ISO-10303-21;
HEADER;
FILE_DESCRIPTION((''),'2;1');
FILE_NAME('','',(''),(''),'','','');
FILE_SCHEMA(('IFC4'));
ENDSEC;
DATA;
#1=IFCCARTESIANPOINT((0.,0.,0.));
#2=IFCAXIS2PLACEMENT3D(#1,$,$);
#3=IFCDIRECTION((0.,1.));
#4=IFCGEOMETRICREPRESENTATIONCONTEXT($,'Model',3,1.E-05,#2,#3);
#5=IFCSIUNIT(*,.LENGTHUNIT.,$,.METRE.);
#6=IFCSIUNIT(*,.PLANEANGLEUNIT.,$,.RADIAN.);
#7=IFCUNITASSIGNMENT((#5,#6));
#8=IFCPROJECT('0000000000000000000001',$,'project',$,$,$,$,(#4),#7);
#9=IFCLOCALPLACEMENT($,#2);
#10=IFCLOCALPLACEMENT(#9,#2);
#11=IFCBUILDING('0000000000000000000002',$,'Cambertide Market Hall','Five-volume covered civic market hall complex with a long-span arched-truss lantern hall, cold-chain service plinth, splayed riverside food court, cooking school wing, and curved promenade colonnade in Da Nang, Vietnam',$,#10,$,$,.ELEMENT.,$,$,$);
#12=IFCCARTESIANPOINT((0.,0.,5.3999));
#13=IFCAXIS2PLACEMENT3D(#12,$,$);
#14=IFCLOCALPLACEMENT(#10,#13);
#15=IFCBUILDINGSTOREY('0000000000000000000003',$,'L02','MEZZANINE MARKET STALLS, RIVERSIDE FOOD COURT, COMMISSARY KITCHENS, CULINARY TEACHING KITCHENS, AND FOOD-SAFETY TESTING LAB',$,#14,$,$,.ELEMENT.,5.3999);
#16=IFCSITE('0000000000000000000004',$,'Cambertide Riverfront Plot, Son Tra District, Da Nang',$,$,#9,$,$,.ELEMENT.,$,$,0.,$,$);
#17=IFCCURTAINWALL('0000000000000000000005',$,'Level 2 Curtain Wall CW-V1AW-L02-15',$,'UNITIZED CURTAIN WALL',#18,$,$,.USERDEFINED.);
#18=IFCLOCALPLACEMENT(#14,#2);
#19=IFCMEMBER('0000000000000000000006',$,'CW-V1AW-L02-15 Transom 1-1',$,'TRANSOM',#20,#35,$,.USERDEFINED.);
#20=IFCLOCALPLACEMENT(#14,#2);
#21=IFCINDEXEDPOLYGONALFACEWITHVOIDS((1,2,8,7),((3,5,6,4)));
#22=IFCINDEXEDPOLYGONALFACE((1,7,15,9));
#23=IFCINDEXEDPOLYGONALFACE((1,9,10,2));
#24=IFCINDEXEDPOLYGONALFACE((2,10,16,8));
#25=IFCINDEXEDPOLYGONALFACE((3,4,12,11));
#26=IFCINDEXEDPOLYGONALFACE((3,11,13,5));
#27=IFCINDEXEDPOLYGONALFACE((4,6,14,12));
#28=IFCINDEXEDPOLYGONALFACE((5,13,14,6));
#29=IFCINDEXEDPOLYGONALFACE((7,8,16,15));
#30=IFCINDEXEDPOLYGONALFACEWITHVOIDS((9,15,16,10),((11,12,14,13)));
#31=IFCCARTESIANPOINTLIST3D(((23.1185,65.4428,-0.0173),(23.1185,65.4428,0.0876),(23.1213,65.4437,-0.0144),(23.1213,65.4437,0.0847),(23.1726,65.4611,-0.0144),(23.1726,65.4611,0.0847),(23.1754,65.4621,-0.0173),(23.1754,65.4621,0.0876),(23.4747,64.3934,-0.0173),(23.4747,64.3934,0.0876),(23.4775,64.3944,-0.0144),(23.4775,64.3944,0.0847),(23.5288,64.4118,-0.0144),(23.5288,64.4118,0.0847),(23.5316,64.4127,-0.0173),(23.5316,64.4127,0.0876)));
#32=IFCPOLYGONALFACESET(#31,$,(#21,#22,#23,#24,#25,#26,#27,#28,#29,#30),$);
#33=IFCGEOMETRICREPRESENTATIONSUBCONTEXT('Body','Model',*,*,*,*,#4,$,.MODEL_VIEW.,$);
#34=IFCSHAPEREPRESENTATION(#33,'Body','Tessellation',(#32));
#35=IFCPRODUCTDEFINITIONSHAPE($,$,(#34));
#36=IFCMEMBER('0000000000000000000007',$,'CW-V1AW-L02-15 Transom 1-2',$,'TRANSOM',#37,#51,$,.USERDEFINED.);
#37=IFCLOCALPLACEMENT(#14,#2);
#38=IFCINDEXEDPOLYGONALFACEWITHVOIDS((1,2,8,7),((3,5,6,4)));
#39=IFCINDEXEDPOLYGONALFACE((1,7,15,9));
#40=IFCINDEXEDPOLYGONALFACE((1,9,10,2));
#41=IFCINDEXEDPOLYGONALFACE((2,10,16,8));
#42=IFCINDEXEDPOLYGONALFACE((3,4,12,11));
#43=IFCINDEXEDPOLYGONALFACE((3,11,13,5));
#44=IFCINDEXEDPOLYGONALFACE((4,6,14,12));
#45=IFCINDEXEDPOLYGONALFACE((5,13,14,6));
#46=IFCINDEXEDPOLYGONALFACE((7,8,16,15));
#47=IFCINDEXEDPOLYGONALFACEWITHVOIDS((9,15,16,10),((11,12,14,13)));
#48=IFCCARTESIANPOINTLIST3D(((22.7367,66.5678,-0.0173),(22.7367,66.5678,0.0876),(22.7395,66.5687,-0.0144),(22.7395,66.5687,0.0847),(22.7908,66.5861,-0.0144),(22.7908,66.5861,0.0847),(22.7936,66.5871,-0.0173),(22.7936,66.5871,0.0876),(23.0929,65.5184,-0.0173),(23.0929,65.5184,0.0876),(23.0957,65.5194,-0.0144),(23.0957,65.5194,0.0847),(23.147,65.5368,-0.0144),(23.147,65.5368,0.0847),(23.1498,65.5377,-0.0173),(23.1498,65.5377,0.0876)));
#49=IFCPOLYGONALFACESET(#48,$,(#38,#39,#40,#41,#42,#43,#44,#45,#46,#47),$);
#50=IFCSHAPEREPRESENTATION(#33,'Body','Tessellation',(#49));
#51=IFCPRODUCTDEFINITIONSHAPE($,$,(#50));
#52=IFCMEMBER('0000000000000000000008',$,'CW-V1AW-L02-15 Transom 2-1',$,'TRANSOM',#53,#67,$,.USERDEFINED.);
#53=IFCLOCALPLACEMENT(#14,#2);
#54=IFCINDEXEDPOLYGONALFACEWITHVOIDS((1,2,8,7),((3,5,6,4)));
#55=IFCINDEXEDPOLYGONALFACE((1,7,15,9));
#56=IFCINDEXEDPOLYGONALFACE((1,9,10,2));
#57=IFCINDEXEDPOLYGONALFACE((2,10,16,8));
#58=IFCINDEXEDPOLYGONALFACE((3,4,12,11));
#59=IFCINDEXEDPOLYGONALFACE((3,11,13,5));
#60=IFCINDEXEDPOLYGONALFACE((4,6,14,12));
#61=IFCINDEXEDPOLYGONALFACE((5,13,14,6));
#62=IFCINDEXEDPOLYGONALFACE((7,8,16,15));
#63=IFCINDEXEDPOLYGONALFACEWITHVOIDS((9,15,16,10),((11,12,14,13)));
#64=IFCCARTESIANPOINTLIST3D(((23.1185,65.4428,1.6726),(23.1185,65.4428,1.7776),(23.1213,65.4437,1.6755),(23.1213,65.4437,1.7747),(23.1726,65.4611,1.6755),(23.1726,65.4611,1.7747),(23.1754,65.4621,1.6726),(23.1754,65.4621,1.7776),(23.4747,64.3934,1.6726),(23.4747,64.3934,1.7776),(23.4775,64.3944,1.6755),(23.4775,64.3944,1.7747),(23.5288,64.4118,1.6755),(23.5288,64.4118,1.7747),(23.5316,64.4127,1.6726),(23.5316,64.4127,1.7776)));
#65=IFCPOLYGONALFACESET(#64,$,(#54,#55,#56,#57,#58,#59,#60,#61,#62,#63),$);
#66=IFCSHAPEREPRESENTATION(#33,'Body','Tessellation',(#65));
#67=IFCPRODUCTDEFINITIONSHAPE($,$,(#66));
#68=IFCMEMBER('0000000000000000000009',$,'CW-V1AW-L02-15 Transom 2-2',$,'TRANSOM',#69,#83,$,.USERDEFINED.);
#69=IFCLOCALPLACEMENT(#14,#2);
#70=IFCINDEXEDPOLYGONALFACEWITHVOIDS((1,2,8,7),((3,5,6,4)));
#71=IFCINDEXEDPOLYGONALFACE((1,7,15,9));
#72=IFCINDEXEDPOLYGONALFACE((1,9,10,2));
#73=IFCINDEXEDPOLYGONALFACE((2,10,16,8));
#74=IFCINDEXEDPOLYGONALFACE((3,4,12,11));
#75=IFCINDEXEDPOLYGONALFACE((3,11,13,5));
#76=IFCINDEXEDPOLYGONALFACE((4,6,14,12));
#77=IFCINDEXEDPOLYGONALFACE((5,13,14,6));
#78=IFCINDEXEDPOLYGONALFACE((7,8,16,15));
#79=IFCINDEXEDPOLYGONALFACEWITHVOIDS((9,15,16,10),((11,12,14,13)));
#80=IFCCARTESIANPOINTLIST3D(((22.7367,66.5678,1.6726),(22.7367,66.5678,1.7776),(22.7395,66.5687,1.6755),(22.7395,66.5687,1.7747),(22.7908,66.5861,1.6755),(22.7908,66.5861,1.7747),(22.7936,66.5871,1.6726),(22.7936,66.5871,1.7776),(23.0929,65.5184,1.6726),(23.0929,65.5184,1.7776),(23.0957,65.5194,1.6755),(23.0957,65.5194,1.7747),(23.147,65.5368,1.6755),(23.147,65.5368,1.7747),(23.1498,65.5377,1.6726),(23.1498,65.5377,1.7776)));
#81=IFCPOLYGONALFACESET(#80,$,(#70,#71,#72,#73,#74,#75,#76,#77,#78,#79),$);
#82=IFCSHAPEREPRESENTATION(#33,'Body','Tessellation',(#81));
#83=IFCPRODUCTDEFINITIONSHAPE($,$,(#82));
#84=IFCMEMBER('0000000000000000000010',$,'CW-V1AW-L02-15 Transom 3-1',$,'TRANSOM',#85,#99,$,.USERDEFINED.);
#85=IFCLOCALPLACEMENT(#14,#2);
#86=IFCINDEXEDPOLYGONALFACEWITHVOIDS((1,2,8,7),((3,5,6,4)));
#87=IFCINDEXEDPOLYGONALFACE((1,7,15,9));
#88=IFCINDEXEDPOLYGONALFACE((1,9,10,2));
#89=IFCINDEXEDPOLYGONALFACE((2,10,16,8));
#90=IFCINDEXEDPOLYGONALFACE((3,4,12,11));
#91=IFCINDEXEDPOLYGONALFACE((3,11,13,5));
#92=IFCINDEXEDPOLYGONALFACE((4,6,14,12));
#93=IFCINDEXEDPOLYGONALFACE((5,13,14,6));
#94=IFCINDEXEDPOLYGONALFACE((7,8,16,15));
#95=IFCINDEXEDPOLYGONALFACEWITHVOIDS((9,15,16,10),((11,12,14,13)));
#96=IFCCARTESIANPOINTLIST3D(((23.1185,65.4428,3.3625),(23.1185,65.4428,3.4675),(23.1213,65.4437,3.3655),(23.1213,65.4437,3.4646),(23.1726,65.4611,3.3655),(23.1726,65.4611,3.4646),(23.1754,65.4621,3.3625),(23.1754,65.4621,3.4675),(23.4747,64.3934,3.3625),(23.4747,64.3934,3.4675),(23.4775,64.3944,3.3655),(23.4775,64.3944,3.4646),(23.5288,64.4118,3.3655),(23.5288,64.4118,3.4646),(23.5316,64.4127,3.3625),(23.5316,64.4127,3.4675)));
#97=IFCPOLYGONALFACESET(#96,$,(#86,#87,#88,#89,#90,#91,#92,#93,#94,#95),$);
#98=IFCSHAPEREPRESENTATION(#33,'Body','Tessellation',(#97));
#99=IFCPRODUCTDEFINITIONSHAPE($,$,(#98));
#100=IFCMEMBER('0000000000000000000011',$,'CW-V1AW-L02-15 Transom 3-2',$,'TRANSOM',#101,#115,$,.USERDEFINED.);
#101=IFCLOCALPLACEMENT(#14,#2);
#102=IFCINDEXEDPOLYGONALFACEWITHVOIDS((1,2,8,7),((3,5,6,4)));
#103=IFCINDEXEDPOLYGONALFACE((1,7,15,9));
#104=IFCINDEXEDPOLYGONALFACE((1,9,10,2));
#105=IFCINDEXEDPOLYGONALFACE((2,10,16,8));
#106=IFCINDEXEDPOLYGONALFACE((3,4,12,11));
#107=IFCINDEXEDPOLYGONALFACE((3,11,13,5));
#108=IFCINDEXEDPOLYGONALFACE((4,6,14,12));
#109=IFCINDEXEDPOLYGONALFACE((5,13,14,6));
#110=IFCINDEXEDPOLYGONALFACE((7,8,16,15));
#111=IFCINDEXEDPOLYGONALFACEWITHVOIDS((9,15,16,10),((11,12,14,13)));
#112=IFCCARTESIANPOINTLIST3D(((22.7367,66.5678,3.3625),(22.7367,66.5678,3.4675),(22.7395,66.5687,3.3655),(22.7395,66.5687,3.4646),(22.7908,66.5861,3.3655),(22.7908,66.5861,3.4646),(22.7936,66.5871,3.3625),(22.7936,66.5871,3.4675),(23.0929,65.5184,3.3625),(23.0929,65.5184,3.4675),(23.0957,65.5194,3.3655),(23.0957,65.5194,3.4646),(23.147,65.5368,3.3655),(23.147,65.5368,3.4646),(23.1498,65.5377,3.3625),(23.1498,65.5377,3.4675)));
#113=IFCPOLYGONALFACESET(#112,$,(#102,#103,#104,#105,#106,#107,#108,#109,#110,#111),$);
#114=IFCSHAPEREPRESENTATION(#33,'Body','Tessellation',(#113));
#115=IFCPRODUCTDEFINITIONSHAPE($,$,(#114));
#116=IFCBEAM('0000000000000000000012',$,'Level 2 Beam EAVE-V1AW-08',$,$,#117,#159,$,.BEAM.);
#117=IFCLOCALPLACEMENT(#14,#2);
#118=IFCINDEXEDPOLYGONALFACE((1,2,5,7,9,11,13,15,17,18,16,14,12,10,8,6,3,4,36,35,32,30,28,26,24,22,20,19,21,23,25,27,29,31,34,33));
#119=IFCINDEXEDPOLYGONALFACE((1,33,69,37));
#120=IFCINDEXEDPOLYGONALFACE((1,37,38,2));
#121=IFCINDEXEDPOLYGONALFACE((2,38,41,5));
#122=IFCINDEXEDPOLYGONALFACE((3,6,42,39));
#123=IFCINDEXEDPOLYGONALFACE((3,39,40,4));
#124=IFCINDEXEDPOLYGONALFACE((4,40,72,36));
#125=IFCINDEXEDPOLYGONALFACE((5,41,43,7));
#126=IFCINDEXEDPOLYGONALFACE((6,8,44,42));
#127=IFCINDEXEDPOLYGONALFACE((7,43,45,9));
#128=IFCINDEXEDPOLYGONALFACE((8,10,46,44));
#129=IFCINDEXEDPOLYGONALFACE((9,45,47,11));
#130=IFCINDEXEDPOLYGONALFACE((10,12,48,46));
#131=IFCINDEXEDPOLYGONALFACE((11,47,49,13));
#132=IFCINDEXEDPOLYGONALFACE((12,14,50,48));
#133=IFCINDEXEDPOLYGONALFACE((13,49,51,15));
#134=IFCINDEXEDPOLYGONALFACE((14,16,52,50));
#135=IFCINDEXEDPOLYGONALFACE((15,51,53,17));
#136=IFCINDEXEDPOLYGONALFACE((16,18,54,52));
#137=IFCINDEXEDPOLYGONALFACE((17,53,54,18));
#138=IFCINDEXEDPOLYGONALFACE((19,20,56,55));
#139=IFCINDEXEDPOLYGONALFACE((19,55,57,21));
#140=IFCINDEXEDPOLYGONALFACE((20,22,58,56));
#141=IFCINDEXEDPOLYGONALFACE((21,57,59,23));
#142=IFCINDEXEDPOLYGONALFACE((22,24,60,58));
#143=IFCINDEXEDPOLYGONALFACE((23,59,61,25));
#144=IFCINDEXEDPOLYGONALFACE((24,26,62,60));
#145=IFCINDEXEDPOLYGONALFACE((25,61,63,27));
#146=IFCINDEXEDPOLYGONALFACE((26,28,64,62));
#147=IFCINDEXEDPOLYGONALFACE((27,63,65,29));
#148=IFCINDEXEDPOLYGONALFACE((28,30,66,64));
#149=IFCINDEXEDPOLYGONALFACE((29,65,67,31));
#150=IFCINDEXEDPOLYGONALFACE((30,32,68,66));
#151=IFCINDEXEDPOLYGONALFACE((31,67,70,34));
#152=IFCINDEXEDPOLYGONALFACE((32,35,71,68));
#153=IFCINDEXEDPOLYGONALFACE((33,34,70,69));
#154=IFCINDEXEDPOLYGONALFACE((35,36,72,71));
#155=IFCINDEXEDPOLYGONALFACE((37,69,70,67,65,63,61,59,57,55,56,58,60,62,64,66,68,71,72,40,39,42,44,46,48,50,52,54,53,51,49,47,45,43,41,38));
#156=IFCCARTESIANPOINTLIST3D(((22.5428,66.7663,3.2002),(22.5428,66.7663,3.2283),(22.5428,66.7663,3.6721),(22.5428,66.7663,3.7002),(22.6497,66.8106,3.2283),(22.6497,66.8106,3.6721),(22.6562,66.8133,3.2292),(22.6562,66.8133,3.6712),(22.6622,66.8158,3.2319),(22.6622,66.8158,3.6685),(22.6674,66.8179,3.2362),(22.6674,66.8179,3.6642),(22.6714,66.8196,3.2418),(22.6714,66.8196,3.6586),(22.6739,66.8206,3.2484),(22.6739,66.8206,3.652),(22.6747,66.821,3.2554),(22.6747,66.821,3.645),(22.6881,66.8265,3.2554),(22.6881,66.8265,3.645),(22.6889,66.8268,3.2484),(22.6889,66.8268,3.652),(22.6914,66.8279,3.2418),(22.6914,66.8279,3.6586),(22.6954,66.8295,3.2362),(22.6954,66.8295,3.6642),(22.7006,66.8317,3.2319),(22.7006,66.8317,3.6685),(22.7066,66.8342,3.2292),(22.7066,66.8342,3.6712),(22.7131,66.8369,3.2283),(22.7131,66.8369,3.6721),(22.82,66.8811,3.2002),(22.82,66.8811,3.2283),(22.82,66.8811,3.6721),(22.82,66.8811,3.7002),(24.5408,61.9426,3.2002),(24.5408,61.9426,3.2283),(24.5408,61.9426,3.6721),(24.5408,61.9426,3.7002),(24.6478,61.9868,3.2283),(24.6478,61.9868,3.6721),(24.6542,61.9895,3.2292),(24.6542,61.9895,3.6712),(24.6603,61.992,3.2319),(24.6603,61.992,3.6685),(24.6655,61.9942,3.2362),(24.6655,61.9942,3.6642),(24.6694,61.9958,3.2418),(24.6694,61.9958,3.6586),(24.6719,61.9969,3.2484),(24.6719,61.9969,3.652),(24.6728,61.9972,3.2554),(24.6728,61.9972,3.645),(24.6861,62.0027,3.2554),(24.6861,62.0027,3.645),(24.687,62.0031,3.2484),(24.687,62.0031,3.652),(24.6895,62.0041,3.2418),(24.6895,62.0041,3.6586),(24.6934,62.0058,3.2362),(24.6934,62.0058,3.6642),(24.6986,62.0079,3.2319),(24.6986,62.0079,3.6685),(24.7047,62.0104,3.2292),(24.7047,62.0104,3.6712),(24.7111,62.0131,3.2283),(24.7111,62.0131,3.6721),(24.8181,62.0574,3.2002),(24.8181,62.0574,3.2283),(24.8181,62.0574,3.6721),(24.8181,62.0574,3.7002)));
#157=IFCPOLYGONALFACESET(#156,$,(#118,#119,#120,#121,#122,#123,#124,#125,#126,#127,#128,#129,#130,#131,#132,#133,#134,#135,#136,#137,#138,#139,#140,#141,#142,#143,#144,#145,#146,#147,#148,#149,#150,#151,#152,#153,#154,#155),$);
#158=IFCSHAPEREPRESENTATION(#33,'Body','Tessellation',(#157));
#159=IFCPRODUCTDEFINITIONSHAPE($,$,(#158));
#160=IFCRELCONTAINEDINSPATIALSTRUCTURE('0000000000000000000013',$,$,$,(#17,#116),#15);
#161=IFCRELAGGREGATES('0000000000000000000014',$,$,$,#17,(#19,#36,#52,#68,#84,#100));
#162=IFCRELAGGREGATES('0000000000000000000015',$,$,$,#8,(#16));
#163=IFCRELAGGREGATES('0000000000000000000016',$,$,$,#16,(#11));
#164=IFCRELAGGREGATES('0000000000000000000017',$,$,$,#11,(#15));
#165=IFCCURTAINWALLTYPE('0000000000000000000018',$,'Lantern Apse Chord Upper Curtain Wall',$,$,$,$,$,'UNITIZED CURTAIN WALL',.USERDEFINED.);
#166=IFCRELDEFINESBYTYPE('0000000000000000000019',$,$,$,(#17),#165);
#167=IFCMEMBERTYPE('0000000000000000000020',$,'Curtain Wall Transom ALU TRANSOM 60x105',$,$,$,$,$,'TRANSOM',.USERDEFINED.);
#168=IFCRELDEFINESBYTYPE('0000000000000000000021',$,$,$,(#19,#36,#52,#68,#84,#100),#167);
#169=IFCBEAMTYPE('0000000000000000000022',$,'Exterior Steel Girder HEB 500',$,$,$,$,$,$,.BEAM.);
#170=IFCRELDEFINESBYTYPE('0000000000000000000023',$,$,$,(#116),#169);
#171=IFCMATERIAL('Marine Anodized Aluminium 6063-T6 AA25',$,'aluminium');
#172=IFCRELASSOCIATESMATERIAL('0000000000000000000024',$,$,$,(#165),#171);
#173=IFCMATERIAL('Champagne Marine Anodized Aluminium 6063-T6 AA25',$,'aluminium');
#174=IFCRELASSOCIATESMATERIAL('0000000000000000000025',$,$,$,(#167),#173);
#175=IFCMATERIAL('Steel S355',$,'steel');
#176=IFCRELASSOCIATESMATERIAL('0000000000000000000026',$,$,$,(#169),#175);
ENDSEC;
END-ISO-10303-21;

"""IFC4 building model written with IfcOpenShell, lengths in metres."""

from ifc_helpers import new_model, si_unit, direction, frame, origin, origin_2d, place, context, subcontext, project, spatial, hollow_rectangle, i_section, extrude, material, material_profile, profile_set, type_object, element, aggregate, save


model = new_model("IFC4")

# Units and contexts
model_context = context("Model", 3, precision=1e-05, world=origin(), true_north=direction((0.0, 1.0)))
body_context = subcontext(model_context, "Body", "Model", "MODEL_VIEW")
ifc_project = project(units=[si_unit("LENGTHUNIT", "METRE"), si_unit("PLANEANGLEUNIT", "RADIAN")], contexts=[model_context])

# Site, building, storey
site_placement = place(None, origin())
site = spatial("IfcSite", under=ifc_project, at=site_placement, Name="Cambertide Riverfront Plot, Son Tra District, Da Nang", CompositionType="ELEMENT", RefElevation=0.0)
building_placement = place(site_placement, origin())
building = spatial("IfcBuilding", under=site, at=building_placement, Name="Cambertide Market Hall", Description="Five-volume covered civic market hall complex with a long-span arched-truss lantern hall, cold-chain service plinth, splayed riverside food court, cooking school wing, and curved promenade colonnade in Da Nang, Vietnam", CompositionType="ELEMENT")
storey_placement = place(building_placement, frame((0.0, 0.0, 5.3999)))
storey = spatial("IfcBuildingStorey", under=building, at=storey_placement, Name="L02", Description="MEZZANINE MARKET STALLS, RIVERSIDE FOOD COURT, COMMISSARY KITCHENS, CULINARY TEACHING KITCHENS, AND FOOD-SAFETY TESTING LAB", CompositionType="ELEMENT", Elevation=5.3999)

# Shared definitions
ifc_material_1 = material(Name="Marine Anodized Aluminium 6063-T6 AA25", Category="aluminium")
curtain_wall_type = type_object("IfcCurtainWallType", Name="Lantern Apse Chord Upper Curtain Wall", ElementType="UNITIZED CURTAIN WALL", PredefinedType="USERDEFINED", material=ifc_material_1)

# Curtain wall
curtain_wall_1_placement = place(storey_placement, origin())
curtain_wall_1 = element("IfcCurtainWall", 1, at=curtain_wall_1_placement, inside=storey, type_object=curtain_wall_type, Name="Level 2 Curtain Wall CW-V1AW-L02-15", ObjectType="UNITIZED CURTAIN WALL", PredefinedType="USERDEFINED")

# Members
ifc_material_2 = material(Name="Champagne Marine Anodized Aluminium 6063-T6 AA25", Category="aluminium")
ifc_material_profile_1 = material_profile(ifc_material_2, hollow_rectangle(XDim=0.0601, YDim=0.105, WallThickness=0.0029, at=origin_2d()), Name="ALU TRANSOM 60x105")
ifc_profile_set_1 = profile_set([ifc_material_profile_1], Name="Champagne Marine Anodized Aluminium 6063-T6 AA25")
member_type_1 = type_object("IfcMemberType", Name="Curtain Wall Transom ALU TRANSOM 60x105", ElementType="TRANSOM", PredefinedType="USERDEFINED", material=ifc_profile_set_1)
member_1_placement = place(storey_placement, frame((23.5032, 64.4031, 0.0352), z_axis=(-0.321445, 0.946928, 0.0), x_axis=(-0.946928, -0.321445, 0.0)))
member_1 = element("IfcMember", 2, at=member_1_placement, type_object=member_type_1, Name="CW-V1AW-L02-15 Transom 1-1", ObjectType="TRANSOM", PredefinedType="USERDEFINED", context=body_context, shape_type="SweptSolid", body=[
    extrude(hollow_rectangle(XDim=0.0601, YDim=0.105, WallThickness=0.0029, at=origin_2d()), origin(), (0.0, 0.0, 1.0), 1.1082),
])
member_2_placement = place(storey_placement, frame((23.1213, 65.5281, 0.0352), z_axis=(-0.321445, 0.946928, 0.0), x_axis=(-0.946928, -0.321445, 0.0)))
member_2 = element("IfcMember", 3, at=member_2_placement, type_object=member_type_1, Name="CW-V1AW-L02-15 Transom 1-2", ObjectType="TRANSOM", PredefinedType="USERDEFINED", context=body_context, shape_type="SweptSolid", body=[
    extrude(hollow_rectangle(XDim=0.0601, YDim=0.105, WallThickness=0.0029, at=origin_2d()), origin(), (0.0, 0.0, 1.0), 1.1082),
])
member_3_placement = place(storey_placement, frame((23.5032, 64.4031, 1.7251), z_axis=(-0.321445, 0.946928, 0.0), x_axis=(-0.946928, -0.321445, 0.0)))
member_3 = element("IfcMember", 4, at=member_3_placement, type_object=member_type_1, Name="CW-V1AW-L02-15 Transom 2-1", ObjectType="TRANSOM", PredefinedType="USERDEFINED", context=body_context, shape_type="SweptSolid", body=[
    extrude(hollow_rectangle(XDim=0.0601, YDim=0.105, WallThickness=0.0029, at=origin_2d()), origin(), (0.0, 0.0, 1.0), 1.1082),
])
member_4_placement = place(storey_placement, frame((23.1213, 65.5281, 1.7251), z_axis=(-0.321445, 0.946928, 0.0), x_axis=(-0.946928, -0.321445, 0.0)))
member_4 = element("IfcMember", 5, at=member_4_placement, type_object=member_type_1, Name="CW-V1AW-L02-15 Transom 2-2", ObjectType="TRANSOM", PredefinedType="USERDEFINED", context=body_context, shape_type="SweptSolid", body=[
    extrude(hollow_rectangle(XDim=0.0601, YDim=0.105, WallThickness=0.0029, at=origin_2d()), origin(), (0.0, 0.0, 1.0), 1.1082),
])
member_5_placement = place(storey_placement, frame((23.5032, 64.4031, 3.415), z_axis=(-0.321445, 0.946928, 0.0), x_axis=(-0.946928, -0.321445, 0.0)))
member_5 = element("IfcMember", 6, at=member_5_placement, type_object=member_type_1, Name="CW-V1AW-L02-15 Transom 3-1", ObjectType="TRANSOM", PredefinedType="USERDEFINED", context=body_context, shape_type="SweptSolid", body=[
    extrude(hollow_rectangle(XDim=0.0601, YDim=0.105, WallThickness=0.0029, at=origin_2d()), origin(), (0.0, 0.0, 1.0), 1.1082),
])
member_6_placement = place(storey_placement, frame((23.1213, 65.5281, 3.415), z_axis=(-0.321445, 0.946928, 0.0), x_axis=(-0.946928, -0.321445, 0.0)))
member_6 = element("IfcMember", 7, at=member_6_placement, type_object=member_type_1, Name="CW-V1AW-L02-15 Transom 3-2", ObjectType="TRANSOM", PredefinedType="USERDEFINED", context=body_context, shape_type="SweptSolid", body=[
    extrude(hollow_rectangle(XDim=0.0601, YDim=0.105, WallThickness=0.0029, at=origin_2d()), origin(), (0.0, 0.0, 1.0), 1.1082),
])

# Beam
ifc_material_3 = material(Name="Steel S355", Category="steel")
ifc_material_profile_2 = material_profile(ifc_material_3, i_section(OverallWidth=0.3, OverallDepth=0.5, WebThickness=0.0144, FlangeThickness=0.0281, FilletRadius=0.0271, at=origin_2d()), Name="HEB 500")
ifc_profile_set_2 = profile_set([ifc_material_profile_2], Name="Steel S355")
beam_type_1 = type_object("IfcBeamType", Name="Exterior Steel Girder HEB 500", PredefinedType="BEAM", material=ifc_profile_set_2)
beam_1_placement = place(storey_placement, frame((22.6814, 66.8237, 3.4502), z_axis=(0.382682, -0.92388, 0.0), x_axis=(0.92388, 0.382682, 0.0)))
element("IfcBeam", 8, at=beam_1_placement, inside=storey, type_object=beam_type_1, Name="Level 2 Beam EAVE-V1AW-08", PredefinedType="BEAM", context=body_context, shape_type="SweptSolid", body=[
    extrude(i_section(OverallWidth=0.3, OverallDepth=0.5, WebThickness=0.0144, FlangeThickness=0.0281, FilletRadius=0.0271, at=origin_2d()), origin(), (0.0, 0.0, 1.0), 5.2212),
])

aggregate(curtain_wall_1, [member_1, member_2, member_3, member_4, member_5, member_6])

save(model, "model.ifc")
